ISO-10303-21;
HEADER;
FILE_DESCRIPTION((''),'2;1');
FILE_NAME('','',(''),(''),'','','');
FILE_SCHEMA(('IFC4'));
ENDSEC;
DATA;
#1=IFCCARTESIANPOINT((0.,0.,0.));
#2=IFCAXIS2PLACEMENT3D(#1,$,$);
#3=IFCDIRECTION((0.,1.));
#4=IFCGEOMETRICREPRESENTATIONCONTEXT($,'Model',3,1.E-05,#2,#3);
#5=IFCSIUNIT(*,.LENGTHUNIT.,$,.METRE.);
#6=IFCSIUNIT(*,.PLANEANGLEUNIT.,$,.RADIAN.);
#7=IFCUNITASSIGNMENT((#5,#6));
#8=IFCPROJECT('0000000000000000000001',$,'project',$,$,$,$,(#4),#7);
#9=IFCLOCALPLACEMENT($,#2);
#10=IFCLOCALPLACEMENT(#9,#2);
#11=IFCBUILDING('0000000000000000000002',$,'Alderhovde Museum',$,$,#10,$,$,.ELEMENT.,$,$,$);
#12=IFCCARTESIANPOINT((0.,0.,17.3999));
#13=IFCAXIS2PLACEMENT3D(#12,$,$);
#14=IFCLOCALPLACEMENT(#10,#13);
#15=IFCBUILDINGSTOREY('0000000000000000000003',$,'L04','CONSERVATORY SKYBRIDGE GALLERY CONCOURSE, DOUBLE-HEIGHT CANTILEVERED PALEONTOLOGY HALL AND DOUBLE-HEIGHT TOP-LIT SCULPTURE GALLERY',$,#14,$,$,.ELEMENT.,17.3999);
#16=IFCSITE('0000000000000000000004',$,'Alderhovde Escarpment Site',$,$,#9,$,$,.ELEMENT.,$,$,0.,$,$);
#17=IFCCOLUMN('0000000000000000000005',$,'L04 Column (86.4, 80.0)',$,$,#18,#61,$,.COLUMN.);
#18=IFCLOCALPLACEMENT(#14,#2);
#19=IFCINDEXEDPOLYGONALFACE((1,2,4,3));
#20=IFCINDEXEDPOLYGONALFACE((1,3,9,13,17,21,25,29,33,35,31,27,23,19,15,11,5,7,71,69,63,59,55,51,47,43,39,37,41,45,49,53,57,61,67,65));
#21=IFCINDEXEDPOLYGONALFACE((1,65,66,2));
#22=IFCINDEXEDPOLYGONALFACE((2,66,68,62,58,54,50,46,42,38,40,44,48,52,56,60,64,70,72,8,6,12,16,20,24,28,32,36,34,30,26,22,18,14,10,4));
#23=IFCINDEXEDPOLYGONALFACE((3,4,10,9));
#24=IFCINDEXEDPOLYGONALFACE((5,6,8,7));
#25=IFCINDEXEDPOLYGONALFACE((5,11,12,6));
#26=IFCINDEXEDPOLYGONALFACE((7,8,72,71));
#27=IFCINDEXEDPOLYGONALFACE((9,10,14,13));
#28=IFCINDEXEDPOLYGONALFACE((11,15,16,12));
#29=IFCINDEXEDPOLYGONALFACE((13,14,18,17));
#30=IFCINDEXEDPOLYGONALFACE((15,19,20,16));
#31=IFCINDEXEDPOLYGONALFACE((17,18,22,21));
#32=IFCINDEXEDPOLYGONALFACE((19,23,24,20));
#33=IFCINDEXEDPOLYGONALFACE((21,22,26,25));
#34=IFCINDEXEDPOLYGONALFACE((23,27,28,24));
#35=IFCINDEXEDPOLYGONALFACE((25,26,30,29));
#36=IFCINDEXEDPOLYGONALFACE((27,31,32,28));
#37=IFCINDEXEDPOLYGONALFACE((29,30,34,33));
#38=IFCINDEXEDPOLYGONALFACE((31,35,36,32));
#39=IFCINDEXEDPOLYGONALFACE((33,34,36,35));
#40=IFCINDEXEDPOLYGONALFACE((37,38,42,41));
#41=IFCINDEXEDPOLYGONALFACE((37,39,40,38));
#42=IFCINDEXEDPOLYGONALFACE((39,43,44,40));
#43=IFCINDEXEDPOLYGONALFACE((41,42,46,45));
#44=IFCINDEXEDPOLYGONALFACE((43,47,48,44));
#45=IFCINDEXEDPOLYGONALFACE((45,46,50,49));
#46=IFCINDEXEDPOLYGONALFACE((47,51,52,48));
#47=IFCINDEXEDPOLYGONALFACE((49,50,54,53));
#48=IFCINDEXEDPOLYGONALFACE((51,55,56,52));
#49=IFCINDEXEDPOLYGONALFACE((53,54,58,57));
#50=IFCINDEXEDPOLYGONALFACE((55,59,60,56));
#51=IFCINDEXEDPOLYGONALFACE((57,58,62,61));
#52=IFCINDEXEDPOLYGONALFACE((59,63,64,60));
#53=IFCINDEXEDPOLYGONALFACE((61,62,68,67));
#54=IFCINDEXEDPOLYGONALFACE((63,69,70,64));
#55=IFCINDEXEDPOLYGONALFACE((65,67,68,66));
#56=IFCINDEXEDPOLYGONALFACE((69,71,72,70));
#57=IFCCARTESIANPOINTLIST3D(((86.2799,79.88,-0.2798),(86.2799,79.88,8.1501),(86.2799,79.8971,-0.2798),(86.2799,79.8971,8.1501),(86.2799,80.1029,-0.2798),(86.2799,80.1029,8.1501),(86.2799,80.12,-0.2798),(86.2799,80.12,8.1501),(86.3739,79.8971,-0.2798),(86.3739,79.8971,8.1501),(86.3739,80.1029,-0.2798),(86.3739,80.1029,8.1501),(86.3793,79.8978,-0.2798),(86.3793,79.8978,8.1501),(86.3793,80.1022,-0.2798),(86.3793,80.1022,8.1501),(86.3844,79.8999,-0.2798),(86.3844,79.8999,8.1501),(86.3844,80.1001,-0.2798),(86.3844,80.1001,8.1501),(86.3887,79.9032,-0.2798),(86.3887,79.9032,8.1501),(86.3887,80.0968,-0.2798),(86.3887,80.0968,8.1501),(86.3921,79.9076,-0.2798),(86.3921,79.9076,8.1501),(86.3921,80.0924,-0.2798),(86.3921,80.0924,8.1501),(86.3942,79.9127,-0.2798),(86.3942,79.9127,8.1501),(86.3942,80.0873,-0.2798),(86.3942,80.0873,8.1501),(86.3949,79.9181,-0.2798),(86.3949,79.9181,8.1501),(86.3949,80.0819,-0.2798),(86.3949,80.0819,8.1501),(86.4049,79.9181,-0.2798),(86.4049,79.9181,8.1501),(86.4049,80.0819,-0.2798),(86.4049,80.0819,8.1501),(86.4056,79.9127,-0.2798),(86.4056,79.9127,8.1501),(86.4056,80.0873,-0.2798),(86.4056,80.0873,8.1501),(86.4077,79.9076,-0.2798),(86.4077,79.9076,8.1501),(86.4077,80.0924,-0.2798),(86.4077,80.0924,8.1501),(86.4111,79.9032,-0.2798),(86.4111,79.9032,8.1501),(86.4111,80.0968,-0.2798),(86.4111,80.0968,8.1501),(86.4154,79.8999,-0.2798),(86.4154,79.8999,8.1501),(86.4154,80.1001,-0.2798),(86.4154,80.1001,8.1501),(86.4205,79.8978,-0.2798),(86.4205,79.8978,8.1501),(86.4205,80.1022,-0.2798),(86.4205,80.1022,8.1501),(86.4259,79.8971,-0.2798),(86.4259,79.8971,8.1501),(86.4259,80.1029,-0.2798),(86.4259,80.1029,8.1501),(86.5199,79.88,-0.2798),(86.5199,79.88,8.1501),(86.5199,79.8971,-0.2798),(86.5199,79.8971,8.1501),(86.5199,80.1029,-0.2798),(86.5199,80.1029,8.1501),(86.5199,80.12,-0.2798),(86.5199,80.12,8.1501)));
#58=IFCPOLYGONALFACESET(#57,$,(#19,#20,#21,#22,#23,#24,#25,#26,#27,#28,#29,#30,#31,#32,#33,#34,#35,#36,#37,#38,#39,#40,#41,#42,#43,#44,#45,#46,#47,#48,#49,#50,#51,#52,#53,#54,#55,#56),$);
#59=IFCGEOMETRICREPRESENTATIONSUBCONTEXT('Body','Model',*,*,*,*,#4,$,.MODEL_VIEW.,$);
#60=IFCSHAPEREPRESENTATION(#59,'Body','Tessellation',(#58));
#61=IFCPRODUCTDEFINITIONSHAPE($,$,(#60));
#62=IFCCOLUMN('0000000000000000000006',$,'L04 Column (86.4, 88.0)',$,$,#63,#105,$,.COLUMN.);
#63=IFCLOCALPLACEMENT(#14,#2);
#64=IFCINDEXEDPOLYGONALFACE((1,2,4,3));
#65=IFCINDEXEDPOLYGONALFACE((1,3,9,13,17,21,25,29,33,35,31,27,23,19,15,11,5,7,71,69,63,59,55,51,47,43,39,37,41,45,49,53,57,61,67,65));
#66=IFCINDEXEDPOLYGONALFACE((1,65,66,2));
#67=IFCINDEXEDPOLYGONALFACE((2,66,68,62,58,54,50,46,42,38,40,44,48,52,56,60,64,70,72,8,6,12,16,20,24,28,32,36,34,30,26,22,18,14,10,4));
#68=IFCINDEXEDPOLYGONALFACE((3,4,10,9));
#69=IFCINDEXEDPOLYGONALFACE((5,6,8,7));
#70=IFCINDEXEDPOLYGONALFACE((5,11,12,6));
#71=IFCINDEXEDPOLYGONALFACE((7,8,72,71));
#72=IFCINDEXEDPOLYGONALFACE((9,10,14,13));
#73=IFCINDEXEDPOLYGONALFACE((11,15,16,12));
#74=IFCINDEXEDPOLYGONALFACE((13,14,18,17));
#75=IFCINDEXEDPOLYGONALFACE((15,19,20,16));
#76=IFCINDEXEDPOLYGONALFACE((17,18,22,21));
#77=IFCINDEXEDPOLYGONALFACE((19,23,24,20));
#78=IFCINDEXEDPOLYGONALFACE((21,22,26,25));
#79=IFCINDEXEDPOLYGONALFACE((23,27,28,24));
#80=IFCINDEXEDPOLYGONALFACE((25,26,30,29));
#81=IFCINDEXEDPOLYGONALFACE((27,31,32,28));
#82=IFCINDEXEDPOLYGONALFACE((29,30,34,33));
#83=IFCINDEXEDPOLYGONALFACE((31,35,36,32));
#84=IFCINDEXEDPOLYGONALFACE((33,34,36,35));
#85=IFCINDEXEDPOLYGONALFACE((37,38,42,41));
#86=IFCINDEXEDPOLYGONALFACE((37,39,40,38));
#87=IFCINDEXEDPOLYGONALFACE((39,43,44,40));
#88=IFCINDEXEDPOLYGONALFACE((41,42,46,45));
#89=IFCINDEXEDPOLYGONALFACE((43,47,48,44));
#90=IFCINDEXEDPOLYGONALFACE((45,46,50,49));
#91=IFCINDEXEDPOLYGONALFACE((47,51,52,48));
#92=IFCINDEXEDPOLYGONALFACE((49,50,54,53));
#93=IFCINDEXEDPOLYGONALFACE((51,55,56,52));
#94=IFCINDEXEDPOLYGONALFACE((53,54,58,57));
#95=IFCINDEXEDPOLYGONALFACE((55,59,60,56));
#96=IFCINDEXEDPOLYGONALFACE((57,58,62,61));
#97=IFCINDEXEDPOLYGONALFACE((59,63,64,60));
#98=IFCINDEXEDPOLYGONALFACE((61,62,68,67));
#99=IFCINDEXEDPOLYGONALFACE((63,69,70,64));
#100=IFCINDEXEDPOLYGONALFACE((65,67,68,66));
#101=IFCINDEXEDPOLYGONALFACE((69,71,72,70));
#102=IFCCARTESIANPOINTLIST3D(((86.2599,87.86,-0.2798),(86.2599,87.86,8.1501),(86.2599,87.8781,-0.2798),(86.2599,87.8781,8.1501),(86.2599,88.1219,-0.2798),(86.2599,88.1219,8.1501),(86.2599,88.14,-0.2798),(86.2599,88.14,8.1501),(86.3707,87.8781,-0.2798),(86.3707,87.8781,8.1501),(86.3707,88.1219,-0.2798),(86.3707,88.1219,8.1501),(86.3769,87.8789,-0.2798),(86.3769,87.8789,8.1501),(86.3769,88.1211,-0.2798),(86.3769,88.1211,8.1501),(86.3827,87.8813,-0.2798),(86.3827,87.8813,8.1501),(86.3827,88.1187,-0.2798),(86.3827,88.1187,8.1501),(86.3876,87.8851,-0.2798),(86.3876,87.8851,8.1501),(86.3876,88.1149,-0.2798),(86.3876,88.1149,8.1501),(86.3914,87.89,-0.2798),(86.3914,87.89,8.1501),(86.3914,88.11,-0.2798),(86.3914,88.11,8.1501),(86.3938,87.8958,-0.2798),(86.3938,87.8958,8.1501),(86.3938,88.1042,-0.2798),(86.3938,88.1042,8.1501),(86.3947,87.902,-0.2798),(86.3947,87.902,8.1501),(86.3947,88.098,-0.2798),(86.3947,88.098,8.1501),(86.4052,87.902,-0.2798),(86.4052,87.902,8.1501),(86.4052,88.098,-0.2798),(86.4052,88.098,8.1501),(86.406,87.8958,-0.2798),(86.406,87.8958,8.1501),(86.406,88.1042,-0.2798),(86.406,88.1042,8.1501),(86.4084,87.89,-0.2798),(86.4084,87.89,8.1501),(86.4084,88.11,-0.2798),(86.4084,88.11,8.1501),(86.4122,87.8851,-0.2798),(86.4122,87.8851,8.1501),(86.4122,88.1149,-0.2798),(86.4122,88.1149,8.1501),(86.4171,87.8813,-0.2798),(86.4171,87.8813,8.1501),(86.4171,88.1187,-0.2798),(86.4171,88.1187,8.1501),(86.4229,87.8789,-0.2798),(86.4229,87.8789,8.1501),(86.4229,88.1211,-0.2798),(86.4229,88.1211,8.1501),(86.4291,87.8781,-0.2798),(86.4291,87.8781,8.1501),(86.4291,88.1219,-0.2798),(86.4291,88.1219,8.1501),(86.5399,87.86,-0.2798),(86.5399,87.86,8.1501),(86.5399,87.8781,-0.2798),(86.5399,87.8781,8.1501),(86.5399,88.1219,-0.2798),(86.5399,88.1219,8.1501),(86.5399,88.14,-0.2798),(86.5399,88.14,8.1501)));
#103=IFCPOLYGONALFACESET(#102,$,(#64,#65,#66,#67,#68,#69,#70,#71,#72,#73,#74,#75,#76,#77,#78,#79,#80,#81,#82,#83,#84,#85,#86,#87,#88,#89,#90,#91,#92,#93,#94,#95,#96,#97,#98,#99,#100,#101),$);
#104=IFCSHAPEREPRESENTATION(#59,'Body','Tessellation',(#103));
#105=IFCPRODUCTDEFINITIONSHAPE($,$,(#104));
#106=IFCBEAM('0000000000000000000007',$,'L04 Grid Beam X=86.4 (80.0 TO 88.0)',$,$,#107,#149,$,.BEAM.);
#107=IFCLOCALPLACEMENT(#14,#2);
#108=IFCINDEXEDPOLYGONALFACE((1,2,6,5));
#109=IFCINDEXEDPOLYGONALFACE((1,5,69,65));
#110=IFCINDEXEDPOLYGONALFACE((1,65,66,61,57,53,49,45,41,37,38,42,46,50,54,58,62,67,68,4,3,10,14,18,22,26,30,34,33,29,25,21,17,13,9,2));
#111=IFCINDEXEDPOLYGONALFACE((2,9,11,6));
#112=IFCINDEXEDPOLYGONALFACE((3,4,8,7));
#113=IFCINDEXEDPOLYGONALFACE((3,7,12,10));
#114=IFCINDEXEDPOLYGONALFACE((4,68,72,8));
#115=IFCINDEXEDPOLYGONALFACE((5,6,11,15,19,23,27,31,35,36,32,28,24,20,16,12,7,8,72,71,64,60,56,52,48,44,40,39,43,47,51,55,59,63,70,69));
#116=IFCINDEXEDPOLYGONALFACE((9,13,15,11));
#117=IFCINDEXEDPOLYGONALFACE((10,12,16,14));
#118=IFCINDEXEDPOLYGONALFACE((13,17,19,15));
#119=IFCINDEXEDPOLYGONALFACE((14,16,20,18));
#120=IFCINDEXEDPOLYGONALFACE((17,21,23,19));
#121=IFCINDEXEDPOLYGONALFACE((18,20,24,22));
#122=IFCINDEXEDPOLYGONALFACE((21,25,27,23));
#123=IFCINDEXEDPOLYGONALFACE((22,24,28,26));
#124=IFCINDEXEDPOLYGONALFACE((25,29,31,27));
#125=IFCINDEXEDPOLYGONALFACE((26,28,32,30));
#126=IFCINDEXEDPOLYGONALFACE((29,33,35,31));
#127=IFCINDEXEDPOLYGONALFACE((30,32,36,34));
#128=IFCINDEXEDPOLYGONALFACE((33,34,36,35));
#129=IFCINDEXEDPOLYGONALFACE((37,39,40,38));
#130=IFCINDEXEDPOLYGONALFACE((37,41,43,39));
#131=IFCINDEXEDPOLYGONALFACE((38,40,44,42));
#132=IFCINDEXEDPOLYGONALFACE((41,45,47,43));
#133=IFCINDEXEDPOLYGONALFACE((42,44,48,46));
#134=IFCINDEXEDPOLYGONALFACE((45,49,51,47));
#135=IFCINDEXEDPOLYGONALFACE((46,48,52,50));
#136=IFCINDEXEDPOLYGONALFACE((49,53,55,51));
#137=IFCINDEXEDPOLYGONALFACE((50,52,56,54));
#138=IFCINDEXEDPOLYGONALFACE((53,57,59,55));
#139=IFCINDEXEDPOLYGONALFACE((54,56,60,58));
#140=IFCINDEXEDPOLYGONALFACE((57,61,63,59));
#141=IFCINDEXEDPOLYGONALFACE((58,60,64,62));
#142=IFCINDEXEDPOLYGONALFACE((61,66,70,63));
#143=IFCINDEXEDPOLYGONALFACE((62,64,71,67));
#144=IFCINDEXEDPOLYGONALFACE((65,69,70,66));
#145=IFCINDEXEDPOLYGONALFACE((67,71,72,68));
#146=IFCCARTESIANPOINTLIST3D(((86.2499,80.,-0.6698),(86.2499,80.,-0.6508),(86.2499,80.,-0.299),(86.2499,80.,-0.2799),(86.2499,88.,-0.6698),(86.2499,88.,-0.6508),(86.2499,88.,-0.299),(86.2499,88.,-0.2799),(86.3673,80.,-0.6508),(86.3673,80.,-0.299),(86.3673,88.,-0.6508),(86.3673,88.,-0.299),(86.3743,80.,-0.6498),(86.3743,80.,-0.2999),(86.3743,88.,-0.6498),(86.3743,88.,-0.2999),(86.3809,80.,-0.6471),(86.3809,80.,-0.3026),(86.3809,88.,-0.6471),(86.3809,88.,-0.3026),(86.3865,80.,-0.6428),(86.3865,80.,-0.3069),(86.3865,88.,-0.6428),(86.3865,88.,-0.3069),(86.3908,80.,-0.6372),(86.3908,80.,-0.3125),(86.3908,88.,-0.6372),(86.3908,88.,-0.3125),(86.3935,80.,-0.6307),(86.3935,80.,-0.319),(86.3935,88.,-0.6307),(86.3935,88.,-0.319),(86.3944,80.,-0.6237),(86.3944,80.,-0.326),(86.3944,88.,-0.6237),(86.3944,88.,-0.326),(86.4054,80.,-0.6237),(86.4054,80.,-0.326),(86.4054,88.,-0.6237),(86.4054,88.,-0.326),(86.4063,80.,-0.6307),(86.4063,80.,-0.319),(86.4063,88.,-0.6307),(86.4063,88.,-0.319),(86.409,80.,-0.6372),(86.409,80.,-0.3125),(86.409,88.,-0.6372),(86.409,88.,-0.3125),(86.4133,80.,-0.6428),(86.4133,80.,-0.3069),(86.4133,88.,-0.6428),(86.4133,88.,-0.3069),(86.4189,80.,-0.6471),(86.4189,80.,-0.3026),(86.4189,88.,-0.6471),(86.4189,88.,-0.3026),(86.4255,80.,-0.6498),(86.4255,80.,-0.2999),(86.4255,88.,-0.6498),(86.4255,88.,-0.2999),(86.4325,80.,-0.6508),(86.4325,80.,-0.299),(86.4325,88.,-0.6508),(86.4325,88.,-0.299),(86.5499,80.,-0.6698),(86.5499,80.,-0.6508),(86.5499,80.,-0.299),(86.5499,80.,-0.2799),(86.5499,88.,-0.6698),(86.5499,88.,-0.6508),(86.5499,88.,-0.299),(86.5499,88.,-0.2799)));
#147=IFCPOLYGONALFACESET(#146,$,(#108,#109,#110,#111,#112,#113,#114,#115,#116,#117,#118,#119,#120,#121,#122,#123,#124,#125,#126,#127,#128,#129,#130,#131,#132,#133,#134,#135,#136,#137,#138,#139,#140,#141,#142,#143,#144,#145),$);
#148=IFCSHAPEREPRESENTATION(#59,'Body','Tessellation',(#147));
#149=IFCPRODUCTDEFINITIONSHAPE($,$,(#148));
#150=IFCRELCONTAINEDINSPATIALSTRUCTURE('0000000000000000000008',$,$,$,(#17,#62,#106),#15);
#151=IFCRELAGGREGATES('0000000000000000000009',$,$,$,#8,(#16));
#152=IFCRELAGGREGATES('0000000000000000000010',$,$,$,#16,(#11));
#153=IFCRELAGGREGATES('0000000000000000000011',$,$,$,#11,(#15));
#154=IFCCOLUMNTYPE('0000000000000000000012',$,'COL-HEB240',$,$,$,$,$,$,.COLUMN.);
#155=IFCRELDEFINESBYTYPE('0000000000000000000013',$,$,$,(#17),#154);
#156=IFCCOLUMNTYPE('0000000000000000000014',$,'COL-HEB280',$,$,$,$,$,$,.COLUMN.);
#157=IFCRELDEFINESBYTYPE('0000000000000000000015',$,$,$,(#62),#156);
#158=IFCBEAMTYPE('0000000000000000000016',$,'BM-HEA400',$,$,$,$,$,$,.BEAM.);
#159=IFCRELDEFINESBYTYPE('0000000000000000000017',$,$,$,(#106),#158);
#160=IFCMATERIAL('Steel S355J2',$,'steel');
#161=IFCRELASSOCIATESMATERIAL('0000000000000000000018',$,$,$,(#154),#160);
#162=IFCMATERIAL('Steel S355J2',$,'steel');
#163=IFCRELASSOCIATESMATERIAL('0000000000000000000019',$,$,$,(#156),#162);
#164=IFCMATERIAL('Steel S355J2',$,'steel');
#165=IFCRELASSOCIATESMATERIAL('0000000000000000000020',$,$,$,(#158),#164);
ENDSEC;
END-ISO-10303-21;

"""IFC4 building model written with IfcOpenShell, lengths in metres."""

from ifc_helpers import new_model, si_unit, direction, frame, origin, origin_2d, place, context, subcontext, project, spatial, i_section, extrude, material, material_profile, profile_set, type_object, element, save


model = new_model("IFC4")

# Units and contexts
model_context = context("Model", 3, precision=1e-05, world=origin(), true_north=direction((0.0, 1.0)))
body_context = subcontext(model_context, "Body", "Model", "MODEL_VIEW")
ifc_project = project(units=[si_unit("LENGTHUNIT", "METRE"), si_unit("PLANEANGLEUNIT", "RADIAN")], contexts=[model_context])

# Site, building, storey
site_placement = place(None, origin())
site = spatial("IfcSite", under=ifc_project, at=site_placement, Name="Alderhovde Escarpment Site", CompositionType="ELEMENT", RefElevation=0.0)
building_placement = place(site_placement, origin())
building = spatial("IfcBuilding", under=site, at=building_placement, Name="Alderhovde Museum", CompositionType="ELEMENT")
storey_placement = place(building_placement, frame((0.0, 0.0, 17.3999)))
storey = spatial("IfcBuildingStorey", under=building, at=storey_placement, Name="L04", Description="CONSERVATORY SKYBRIDGE GALLERY CONCOURSE, DOUBLE-HEIGHT CANTILEVERED PALEONTOLOGY HALL AND DOUBLE-HEIGHT TOP-LIT SCULPTURE GALLERY", CompositionType="ELEMENT", Elevation=17.3999)

# Columns
ifc_material_1 = material(Name="Steel S355J2", Category="steel")
ifc_material_profile_1 = material_profile(ifc_material_1, i_section(OverallWidth=0.24, OverallDepth=0.24, WebThickness=0.01, FlangeThickness=0.0171, FilletRadius=0.021, at=origin_2d()), Name="HEB 240")
ifc_profile_set_1 = profile_set([ifc_material_profile_1], Name="Steel S355J2")
column_type_1 = type_object("IfcColumnType", Name="COL-HEB240", PredefinedType="COLUMN", material=ifc_profile_set_1)
column_1_placement = place(storey_placement, frame((86.3999, 80.0, -0.2798), z_axis=(0.0, 0.0, 1.0), x_axis=(1.0, 0.0, 0.0)))
element("IfcColumn", 1, at=column_1_placement, inside=storey, type_object=column_type_1, Name="L04 Column (86.4, 80.0)", PredefinedType="COLUMN", context=body_context, shape_type="SweptSolid", body=[
    extrude(i_section(OverallWidth=0.24, OverallDepth=0.24, WebThickness=0.01, FlangeThickness=0.0171, FilletRadius=0.021, at=origin_2d()), origin(), (0.0, 0.0, 1.0), 8.4299),
])
ifc_material_2 = material(Name="Steel S355J2", Category="steel")
ifc_material_profile_2 = material_profile(ifc_material_2, i_section(OverallWidth=0.28, OverallDepth=0.28, WebThickness=0.0105, FlangeThickness=0.0181, FilletRadius=0.0239, at=origin_2d()), Name="HEB 280")
ifc_profile_set_2 = profile_set([ifc_material_profile_2], Name="Steel S355J2")
column_type_2 = type_object("IfcColumnType", Name="COL-HEB280", PredefinedType="COLUMN", material=ifc_profile_set_2)
column_2_placement = place(storey_placement, frame((86.3999, 88.0, -0.2798), z_axis=(0.0, 0.0, 1.0), x_axis=(1.0, 0.0, 0.0)))
element("IfcColumn", 2, at=column_2_placement, inside=storey, type_object=column_type_2, Name="L04 Column (86.4, 88.0)", PredefinedType="COLUMN", context=body_context, shape_type="SweptSolid", body=[
    extrude(i_section(OverallWidth=0.28, OverallDepth=0.28, WebThickness=0.0105, FlangeThickness=0.0181, FilletRadius=0.0239, at=origin_2d()), origin(), (0.0, 0.0, 1.0), 8.4299),
])

# Beam
ifc_material_3 = material(Name="Steel S355J2", Category="steel")
ifc_material_profile_3 = material_profile(ifc_material_3, i_section(OverallWidth=0.3, OverallDepth=0.3899, WebThickness=0.011, FlangeThickness=0.019, FilletRadius=0.0271, at=origin_2d()), Name="HEA 400")
ifc_profile_set_3 = profile_set([ifc_material_profile_3], Name="Steel S355J2")
beam_type_1 = type_object("IfcBeamType", Name="BM-HEA400", PredefinedType="BEAM", material=ifc_profile_set_3)
beam_1_placement = place(storey_placement, frame((86.3999, 80.0, -0.4749), z_axis=(0.0, 1.0, 0.0), x_axis=(-1.0, 0.0, 0.0)))
element("IfcBeam", 3, at=beam_1_placement, inside=storey, type_object=beam_type_1, Name="L04 Grid Beam X=86.4 (80.0 TO 88.0)", PredefinedType="BEAM", context=body_context, shape_type="SweptSolid", body=[
    extrude(i_section(OverallWidth=0.3, OverallDepth=0.3899, WebThickness=0.011, FlangeThickness=0.019, FilletRadius=0.0271, at=origin_2d()), origin(), (0.0, 0.0, 1.0), 8.0),
])

save(model, "model.ifc")
